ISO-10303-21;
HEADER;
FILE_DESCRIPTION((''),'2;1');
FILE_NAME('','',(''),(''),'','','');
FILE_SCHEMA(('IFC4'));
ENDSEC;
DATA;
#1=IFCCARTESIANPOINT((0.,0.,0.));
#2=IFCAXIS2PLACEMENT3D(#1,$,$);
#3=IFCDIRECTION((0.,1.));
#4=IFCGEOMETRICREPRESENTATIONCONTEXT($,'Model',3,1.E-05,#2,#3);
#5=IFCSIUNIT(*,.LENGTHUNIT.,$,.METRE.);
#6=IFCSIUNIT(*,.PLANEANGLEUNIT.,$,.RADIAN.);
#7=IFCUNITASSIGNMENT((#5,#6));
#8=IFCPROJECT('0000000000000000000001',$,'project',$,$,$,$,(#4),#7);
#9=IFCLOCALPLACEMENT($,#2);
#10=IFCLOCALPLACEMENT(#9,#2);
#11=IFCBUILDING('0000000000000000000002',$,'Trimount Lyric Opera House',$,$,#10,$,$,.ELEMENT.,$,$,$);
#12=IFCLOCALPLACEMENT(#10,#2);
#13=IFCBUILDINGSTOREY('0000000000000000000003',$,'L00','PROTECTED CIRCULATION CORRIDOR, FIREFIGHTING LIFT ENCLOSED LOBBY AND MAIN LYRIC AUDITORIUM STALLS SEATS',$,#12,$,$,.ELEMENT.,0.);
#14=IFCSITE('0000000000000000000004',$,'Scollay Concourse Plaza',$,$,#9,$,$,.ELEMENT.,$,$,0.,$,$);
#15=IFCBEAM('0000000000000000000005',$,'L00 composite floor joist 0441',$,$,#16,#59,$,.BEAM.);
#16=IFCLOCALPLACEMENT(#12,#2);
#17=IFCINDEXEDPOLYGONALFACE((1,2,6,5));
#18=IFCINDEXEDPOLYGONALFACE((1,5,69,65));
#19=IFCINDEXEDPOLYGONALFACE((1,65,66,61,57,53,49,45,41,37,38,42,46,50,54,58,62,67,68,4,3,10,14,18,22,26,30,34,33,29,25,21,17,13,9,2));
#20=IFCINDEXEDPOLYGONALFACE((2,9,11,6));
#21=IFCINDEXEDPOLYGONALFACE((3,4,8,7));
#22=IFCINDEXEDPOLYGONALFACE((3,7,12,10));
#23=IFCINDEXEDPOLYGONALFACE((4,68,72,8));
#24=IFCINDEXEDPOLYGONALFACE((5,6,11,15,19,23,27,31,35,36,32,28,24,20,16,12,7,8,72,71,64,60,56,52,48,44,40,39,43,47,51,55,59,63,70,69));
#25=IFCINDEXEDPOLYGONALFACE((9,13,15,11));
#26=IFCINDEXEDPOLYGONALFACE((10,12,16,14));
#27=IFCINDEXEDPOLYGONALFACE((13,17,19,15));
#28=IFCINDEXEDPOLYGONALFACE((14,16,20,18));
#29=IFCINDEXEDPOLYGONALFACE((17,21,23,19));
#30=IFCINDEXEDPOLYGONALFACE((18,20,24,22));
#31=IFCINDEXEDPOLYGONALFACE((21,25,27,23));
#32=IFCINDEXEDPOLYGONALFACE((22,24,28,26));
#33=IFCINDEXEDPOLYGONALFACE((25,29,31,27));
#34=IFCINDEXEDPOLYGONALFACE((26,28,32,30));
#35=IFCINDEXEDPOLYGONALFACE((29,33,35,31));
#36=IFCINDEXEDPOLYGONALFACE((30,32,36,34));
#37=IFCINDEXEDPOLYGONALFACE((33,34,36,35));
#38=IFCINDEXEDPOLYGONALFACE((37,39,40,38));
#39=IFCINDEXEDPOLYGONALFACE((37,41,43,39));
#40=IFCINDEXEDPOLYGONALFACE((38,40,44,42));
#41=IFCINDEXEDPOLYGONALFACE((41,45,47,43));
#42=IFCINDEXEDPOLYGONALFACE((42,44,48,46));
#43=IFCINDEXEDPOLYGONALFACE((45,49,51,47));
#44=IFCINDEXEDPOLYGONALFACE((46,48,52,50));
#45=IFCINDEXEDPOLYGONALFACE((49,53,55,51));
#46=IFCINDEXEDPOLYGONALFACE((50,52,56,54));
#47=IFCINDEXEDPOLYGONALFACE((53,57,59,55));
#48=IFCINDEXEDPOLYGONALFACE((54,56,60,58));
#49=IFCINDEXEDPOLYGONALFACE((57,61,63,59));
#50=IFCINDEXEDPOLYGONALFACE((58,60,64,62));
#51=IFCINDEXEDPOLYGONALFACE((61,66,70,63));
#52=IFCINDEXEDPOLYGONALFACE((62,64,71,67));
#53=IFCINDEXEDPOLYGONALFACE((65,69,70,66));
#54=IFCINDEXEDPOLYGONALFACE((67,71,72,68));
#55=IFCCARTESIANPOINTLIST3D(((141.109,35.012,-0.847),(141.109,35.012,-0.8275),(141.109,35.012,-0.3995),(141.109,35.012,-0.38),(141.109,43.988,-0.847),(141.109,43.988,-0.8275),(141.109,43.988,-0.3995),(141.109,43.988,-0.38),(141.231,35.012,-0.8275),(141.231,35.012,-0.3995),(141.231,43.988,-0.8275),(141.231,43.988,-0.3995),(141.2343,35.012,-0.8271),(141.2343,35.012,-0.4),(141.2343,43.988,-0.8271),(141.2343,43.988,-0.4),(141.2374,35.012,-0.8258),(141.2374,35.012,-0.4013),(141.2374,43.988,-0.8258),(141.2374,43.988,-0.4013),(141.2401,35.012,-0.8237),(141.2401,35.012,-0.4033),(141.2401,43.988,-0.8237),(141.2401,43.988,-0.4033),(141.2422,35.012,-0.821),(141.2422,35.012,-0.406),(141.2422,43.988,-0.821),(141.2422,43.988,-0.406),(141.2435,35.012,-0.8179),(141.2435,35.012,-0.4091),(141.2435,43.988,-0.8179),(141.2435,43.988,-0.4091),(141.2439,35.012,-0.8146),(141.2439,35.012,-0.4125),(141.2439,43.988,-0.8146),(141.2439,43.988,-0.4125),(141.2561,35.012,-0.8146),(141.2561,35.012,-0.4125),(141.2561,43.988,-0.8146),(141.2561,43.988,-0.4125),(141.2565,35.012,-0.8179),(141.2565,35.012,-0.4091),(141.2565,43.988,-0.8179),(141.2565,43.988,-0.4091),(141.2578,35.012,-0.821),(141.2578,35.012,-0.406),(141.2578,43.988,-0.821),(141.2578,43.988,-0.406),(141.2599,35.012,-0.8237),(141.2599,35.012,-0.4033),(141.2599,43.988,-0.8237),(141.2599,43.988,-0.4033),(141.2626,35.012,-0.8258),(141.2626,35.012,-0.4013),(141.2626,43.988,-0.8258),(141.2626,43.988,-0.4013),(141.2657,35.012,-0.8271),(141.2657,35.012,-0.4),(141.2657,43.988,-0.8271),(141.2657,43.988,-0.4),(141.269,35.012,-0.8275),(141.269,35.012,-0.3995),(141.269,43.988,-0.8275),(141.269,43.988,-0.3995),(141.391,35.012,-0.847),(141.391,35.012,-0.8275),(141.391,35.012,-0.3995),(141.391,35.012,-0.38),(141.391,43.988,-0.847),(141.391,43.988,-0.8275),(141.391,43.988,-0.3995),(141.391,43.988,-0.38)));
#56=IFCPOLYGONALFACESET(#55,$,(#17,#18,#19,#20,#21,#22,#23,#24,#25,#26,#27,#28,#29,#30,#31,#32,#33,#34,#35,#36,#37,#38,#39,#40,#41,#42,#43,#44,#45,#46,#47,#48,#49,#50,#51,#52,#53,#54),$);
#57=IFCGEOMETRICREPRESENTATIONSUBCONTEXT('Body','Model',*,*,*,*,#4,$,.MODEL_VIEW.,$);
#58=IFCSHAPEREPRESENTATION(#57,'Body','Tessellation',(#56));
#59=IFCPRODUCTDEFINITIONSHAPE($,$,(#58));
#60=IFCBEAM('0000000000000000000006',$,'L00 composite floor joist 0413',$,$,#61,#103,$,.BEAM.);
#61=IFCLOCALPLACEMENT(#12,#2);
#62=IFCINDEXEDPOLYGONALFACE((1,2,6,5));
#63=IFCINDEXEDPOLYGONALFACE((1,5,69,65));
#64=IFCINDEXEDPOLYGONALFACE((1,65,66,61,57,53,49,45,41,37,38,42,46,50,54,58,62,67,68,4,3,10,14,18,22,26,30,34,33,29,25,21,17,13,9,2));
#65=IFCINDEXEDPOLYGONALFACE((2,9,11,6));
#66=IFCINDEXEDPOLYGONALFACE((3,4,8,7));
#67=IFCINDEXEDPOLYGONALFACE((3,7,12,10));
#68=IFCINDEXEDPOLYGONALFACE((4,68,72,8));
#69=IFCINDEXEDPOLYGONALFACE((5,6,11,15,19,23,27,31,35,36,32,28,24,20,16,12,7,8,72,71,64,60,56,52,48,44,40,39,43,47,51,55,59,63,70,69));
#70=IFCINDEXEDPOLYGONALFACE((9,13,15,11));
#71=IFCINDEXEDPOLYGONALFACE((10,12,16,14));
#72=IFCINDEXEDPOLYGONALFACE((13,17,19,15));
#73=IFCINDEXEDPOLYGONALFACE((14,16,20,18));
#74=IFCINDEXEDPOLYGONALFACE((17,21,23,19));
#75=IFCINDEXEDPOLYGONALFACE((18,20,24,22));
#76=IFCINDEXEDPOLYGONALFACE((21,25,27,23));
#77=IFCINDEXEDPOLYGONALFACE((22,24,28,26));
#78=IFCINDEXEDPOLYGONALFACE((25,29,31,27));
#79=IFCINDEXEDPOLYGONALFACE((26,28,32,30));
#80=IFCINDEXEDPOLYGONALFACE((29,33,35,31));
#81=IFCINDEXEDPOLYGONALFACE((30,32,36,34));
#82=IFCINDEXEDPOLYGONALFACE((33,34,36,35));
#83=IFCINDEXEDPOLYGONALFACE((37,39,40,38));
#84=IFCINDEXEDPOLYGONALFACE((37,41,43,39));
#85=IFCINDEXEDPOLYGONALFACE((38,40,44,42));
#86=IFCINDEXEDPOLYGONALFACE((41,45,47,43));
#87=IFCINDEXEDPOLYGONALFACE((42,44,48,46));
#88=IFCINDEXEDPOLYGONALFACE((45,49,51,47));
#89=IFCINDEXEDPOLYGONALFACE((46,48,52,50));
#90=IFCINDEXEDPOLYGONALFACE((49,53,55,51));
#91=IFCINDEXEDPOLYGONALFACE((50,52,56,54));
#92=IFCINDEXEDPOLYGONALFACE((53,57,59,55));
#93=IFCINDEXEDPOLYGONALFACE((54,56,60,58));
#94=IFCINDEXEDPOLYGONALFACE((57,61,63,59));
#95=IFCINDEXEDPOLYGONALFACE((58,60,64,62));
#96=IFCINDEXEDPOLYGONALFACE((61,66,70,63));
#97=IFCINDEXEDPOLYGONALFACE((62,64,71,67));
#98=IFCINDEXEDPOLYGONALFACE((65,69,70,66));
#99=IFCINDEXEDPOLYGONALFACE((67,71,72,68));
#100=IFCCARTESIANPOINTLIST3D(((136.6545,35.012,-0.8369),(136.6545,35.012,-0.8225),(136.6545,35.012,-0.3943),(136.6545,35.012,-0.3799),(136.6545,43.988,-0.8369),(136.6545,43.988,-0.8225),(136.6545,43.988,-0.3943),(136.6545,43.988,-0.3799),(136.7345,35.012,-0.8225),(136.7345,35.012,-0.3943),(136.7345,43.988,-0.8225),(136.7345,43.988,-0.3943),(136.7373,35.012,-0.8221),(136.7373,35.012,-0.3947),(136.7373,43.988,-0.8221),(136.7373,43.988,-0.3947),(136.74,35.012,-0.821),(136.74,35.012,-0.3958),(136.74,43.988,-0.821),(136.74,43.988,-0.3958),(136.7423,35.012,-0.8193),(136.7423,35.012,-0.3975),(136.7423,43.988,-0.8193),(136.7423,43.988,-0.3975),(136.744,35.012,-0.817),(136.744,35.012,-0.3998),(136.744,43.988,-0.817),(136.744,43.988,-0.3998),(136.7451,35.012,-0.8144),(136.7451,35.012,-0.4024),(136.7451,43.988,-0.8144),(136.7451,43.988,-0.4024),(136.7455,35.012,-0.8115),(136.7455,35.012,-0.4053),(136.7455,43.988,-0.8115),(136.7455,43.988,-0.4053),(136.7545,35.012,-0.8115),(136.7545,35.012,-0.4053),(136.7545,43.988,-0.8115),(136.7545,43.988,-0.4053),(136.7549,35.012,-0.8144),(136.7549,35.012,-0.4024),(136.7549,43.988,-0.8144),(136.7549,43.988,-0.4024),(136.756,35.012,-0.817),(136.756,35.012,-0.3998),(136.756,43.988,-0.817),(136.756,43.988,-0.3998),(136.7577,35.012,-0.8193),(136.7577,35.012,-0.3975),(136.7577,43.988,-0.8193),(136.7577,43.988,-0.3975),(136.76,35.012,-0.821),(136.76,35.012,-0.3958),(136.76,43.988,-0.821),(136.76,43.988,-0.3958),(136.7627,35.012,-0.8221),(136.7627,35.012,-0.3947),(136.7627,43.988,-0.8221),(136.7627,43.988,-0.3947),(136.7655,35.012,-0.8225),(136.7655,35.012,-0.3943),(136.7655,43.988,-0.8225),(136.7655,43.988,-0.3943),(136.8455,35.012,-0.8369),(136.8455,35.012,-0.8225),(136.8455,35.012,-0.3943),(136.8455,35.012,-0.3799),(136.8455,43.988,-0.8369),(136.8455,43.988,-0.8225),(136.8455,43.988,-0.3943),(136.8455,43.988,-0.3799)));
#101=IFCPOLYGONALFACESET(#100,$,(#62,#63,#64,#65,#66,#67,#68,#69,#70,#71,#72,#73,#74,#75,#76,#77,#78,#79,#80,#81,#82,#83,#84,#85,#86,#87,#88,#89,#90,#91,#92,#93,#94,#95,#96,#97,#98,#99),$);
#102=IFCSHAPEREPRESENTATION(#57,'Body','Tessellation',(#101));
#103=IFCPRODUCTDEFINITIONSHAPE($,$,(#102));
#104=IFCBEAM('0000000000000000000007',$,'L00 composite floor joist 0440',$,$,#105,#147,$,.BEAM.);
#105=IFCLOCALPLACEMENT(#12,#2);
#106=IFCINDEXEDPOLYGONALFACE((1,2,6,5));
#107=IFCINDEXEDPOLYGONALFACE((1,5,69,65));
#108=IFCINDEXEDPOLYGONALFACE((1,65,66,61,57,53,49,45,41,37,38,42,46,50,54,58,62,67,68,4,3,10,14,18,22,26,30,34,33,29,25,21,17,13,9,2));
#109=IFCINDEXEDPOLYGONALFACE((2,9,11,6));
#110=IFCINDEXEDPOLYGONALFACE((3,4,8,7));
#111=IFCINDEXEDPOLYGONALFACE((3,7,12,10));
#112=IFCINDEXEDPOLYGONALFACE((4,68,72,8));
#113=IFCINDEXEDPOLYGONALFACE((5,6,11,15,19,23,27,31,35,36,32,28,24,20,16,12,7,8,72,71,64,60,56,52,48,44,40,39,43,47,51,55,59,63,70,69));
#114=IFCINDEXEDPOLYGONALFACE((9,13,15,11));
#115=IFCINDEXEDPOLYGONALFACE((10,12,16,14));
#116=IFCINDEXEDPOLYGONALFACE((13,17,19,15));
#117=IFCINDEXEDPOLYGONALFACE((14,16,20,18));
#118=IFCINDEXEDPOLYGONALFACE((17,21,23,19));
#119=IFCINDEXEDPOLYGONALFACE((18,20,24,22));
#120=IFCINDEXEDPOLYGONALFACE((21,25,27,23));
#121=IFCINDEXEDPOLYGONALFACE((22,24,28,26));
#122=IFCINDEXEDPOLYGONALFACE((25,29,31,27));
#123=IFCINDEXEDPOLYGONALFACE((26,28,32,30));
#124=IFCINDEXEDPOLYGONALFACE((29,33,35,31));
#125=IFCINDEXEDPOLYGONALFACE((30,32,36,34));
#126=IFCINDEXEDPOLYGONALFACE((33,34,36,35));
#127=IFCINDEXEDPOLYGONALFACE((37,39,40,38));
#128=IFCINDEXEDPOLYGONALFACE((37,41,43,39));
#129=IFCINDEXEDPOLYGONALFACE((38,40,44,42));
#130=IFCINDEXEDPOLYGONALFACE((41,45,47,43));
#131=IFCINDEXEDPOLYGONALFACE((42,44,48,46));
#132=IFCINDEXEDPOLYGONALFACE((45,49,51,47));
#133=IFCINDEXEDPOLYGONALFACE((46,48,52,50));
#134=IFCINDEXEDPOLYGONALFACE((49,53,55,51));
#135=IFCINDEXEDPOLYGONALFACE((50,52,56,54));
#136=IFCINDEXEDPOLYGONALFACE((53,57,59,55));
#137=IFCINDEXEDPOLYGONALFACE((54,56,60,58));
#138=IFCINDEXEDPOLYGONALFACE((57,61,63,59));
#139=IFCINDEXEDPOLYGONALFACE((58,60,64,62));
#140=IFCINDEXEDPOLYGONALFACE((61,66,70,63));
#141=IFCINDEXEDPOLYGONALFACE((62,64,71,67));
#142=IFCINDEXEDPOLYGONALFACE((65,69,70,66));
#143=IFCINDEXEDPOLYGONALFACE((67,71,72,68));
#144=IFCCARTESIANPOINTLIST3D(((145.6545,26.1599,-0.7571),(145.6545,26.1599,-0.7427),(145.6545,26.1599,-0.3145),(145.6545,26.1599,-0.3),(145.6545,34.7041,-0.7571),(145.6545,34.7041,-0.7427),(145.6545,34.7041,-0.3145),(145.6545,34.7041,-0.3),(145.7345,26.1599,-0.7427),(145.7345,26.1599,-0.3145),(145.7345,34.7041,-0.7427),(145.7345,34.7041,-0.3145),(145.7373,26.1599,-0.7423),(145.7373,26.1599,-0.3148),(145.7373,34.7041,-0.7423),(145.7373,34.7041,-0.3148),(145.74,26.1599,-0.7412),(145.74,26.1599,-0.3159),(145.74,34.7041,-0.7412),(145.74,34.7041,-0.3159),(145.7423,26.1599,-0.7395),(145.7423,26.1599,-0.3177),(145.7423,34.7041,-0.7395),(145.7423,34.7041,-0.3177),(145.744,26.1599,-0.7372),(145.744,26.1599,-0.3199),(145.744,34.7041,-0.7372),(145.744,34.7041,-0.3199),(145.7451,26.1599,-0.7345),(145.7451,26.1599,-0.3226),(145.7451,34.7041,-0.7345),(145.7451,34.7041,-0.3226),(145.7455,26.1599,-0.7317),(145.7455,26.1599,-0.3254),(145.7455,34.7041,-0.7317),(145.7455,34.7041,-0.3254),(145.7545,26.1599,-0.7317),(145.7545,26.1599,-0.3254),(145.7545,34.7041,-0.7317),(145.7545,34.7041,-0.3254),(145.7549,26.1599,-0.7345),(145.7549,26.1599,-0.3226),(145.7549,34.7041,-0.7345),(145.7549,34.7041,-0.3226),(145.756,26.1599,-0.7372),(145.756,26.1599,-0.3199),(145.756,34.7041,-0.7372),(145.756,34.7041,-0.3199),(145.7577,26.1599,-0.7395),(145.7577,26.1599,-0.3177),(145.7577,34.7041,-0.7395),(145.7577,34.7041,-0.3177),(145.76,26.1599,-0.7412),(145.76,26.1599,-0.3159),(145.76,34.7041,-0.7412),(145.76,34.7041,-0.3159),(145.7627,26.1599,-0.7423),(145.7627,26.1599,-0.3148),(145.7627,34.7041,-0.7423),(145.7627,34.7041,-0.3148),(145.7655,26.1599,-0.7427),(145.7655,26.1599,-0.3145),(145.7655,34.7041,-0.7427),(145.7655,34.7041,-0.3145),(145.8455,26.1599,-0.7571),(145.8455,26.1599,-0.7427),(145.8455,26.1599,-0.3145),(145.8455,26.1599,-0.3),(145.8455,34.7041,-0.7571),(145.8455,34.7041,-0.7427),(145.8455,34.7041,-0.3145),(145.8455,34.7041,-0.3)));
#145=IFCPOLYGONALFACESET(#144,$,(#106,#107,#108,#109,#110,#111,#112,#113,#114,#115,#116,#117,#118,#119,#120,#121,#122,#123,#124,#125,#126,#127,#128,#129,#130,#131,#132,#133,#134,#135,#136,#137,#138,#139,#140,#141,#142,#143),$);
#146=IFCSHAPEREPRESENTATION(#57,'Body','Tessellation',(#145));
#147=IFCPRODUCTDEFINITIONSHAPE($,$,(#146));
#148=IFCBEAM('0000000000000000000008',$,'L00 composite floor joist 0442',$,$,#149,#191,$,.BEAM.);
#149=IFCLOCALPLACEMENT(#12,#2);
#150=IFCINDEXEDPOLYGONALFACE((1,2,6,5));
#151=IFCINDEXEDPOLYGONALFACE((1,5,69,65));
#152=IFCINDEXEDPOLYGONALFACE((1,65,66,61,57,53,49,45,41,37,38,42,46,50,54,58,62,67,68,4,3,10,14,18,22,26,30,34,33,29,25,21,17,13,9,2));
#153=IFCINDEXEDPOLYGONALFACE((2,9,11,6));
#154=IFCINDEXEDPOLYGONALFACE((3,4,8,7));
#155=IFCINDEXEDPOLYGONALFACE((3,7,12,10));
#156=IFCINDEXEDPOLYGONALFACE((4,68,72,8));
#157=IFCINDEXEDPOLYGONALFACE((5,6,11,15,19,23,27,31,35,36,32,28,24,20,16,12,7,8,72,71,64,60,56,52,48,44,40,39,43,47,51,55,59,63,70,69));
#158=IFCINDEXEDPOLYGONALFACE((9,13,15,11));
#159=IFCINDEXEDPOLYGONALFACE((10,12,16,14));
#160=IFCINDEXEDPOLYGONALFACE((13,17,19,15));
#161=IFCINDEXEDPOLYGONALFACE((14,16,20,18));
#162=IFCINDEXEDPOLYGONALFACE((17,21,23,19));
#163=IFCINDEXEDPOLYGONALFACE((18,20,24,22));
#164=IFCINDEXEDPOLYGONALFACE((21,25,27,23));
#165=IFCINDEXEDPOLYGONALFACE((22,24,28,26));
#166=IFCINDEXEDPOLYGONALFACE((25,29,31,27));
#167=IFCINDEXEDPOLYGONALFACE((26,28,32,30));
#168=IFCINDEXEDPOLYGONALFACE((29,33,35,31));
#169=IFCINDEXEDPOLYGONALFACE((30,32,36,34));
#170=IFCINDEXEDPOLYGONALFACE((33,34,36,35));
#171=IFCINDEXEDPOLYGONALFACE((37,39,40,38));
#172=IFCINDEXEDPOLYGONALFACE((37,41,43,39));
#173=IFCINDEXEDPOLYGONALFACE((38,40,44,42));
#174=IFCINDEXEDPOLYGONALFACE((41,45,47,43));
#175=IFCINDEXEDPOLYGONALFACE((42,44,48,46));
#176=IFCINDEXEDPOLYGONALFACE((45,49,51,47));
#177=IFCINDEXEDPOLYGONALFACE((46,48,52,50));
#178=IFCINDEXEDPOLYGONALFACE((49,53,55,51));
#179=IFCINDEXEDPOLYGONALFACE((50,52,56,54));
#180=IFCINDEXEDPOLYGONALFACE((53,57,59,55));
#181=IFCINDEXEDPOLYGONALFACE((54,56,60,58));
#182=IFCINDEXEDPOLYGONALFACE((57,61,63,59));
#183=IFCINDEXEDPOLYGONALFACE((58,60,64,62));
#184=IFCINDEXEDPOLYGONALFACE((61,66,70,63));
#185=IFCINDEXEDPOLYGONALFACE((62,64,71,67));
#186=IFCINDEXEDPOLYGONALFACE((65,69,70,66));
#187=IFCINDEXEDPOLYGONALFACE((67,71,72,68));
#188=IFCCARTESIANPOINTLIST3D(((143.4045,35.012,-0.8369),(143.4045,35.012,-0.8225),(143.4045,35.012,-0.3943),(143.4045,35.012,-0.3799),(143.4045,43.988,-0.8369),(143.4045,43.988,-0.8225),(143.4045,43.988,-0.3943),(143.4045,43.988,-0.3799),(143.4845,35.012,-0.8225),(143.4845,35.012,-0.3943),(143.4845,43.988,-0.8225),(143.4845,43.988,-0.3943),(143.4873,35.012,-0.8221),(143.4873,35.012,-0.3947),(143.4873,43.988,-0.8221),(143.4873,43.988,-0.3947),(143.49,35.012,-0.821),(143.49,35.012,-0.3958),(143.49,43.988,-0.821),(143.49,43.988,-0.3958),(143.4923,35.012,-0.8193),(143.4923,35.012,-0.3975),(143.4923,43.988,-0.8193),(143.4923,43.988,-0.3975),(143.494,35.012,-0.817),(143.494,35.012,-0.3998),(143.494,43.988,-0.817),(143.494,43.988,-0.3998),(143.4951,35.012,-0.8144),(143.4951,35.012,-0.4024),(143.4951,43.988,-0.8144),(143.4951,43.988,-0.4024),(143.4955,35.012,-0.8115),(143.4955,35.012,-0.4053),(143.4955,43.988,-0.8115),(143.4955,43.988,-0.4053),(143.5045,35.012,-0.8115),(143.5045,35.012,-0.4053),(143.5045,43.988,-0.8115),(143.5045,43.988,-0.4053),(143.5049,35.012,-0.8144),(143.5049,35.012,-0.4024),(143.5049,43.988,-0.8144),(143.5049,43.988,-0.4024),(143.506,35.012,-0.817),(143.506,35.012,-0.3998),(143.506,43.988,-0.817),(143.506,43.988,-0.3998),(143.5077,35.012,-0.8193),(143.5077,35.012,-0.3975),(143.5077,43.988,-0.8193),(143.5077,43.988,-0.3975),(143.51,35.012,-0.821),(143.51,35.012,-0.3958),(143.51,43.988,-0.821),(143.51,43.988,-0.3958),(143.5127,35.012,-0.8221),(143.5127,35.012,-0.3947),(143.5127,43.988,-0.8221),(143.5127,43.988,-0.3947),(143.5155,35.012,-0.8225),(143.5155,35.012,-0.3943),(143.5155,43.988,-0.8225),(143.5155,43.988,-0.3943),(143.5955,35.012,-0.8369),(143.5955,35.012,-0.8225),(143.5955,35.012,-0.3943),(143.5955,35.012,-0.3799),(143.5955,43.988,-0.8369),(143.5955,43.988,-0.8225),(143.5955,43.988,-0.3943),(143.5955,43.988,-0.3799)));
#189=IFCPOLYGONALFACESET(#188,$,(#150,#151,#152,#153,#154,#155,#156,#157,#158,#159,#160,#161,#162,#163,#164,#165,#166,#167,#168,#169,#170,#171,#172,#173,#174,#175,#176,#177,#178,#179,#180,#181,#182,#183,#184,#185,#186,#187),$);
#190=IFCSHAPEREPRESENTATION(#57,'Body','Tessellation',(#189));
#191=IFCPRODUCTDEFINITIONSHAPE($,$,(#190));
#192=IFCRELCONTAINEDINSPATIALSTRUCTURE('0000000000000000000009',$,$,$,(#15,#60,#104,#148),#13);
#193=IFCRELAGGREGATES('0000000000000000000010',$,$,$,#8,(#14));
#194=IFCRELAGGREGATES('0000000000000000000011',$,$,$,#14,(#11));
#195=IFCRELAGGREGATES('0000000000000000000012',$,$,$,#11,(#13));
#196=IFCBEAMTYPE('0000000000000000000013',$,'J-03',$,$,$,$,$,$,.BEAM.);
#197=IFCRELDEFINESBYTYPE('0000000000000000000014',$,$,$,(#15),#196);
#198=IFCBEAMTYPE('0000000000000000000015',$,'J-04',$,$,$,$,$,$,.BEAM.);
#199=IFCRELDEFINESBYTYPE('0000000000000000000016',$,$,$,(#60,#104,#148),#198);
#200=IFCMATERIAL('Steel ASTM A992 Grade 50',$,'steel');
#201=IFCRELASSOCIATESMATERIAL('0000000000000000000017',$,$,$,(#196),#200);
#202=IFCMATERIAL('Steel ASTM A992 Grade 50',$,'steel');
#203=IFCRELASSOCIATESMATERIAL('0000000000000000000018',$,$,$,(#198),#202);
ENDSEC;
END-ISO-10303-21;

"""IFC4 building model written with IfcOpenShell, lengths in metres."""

from ifc_helpers import new_model, si_unit, direction, frame, origin, origin_2d, place, context, subcontext, project, spatial, i_section, extrude, material, material_profile, profile_set, type_object, element, save


model = new_model("IFC4")

# Units and contexts
model_context = context("Model", 3, precision=1e-05, world=origin(), true_north=direction((0.0, 1.0)))
body_context = subcontext(model_context, "Body", "Model", "MODEL_VIEW")
ifc_project = project(units=[si_unit("LENGTHUNIT", "METRE"), si_unit("PLANEANGLEUNIT", "RADIAN")], contexts=[model_context])

# Site, building, storey
site_placement = place(None, origin())
site = spatial("IfcSite", under=ifc_project, at=site_placement, Name="Scollay Concourse Plaza", CompositionType="ELEMENT", RefElevation=0.0)
building_placement = place(site_placement, origin())
building = spatial("IfcBuilding", under=site, at=building_placement, Name="Trimount Lyric Opera House", CompositionType="ELEMENT")
storey_placement = place(building_placement, origin())
storey = spatial("IfcBuildingStorey", under=building, at=storey_placement, Name="L00", Description="PROTECTED CIRCULATION CORRIDOR, FIREFIGHTING LIFT ENCLOSED LOBBY AND MAIN LYRIC AUDITORIUM STALLS SEATS", CompositionType="ELEMENT", Elevation=0.0)

# Beams
ifc_material_1 = material(Name="Steel ASTM A992 Grade 50", Category="steel")
ifc_material_profile_1 = material_profile(ifc_material_1, i_section(OverallWidth=0.282, OverallDepth=0.467, WebThickness=0.0122, FlangeThickness=0.0195, FilletRadius=0.0129, at=origin_2d()), Name="W18X86")
ifc_profile_set_1 = profile_set([ifc_material_profile_1], Name="Steel ASTM A992 Grade 50")
beam_type_1 = type_object("IfcBeamType", Name="J-03", PredefinedType="BEAM", material=ifc_profile_set_1)
beam_1_placement = place(storey_placement, frame((141.25, 35.012, -0.6135), z_axis=(0.0, 1.0, 0.0), x_axis=(-1.0, 0.0, 0.0)))
element("IfcBeam", 1, at=beam_1_placement, inside=storey, type_object=beam_type_1, Name="L00 composite floor joist 0441", PredefinedType="BEAM", context=body_context, shape_type="SweptSolid", body=[
    extrude(i_section(OverallWidth=0.282, OverallDepth=0.467, WebThickness=0.0122, FlangeThickness=0.0195, FilletRadius=0.0129, at=origin_2d()), origin(), (0.0, 0.0, 1.0), 8.9761),
])
ifc_material_2 = material(Name="Steel ASTM A992 Grade 50", Category="steel")
ifc_material_profile_2 = material_profile(ifc_material_2, i_section(OverallWidth=0.1909, OverallDepth=0.457, WebThickness=0.009, FlangeThickness=0.0144, FilletRadius=0.011, at=origin_2d()), Name="W18X50")
ifc_profile_set_2 = profile_set([ifc_material_profile_2], Name="Steel ASTM A992 Grade 50")
beam_type_2 = type_object("IfcBeamType", Name="J-04", PredefinedType="BEAM", material=ifc_profile_set_2)
beam_2_placement = place(storey_placement, frame((136.75, 35.012, -0.6084), z_axis=(0.0, 1.0, 0.0), x_axis=(-1.0, 0.0, 0.0)))
element("IfcBeam", 2, at=beam_2_placement, inside=storey, type_object=beam_type_2, Name="L00 composite floor joist 0413", PredefinedType="BEAM", context=body_context, shape_type="SweptSolid", body=[
    extrude(i_section(OverallWidth=0.1909, OverallDepth=0.457, WebThickness=0.009, FlangeThickness=0.0144, FilletRadius=0.011, at=origin_2d()), origin(), (0.0, 0.0, 1.0), 8.9761),
])
beam_3_placement = place(storey_placement, frame((145.75, 26.1599, -0.5286), z_axis=(0.0, 1.0, 0.0), x_axis=(-1.0, 0.0, 0.0)))
element("IfcBeam", 3, at=beam_3_placement, inside=storey, type_object=beam_type_2, Name="L00 composite floor joist 0440", PredefinedType="BEAM", context=body_context, shape_type="SweptSolid", body=[
    extrude(i_section(OverallWidth=0.1909, OverallDepth=0.457, WebThickness=0.009, FlangeThickness=0.0144, FilletRadius=0.011, at=origin_2d()), origin(), (0.0, 0.0, 1.0), 8.5442),
])
beam_4_placement = place(storey_placement, frame((143.5, 35.012, -0.6084), z_axis=(0.0, 1.0, 0.0), x_axis=(-1.0, 0.0, 0.0)))
element("IfcBeam", 4, at=beam_4_placement, inside=storey, type_object=beam_type_2, Name="L00 composite floor joist 0442", PredefinedType="BEAM", context=body_context, shape_type="SweptSolid", body=[
    extrude(i_section(OverallWidth=0.1909, OverallDepth=0.457, WebThickness=0.009, FlangeThickness=0.0144, FilletRadius=0.011, at=origin_2d()), origin(), (0.0, 0.0, 1.0), 8.9761),
])

save(model, "model.ifc")
